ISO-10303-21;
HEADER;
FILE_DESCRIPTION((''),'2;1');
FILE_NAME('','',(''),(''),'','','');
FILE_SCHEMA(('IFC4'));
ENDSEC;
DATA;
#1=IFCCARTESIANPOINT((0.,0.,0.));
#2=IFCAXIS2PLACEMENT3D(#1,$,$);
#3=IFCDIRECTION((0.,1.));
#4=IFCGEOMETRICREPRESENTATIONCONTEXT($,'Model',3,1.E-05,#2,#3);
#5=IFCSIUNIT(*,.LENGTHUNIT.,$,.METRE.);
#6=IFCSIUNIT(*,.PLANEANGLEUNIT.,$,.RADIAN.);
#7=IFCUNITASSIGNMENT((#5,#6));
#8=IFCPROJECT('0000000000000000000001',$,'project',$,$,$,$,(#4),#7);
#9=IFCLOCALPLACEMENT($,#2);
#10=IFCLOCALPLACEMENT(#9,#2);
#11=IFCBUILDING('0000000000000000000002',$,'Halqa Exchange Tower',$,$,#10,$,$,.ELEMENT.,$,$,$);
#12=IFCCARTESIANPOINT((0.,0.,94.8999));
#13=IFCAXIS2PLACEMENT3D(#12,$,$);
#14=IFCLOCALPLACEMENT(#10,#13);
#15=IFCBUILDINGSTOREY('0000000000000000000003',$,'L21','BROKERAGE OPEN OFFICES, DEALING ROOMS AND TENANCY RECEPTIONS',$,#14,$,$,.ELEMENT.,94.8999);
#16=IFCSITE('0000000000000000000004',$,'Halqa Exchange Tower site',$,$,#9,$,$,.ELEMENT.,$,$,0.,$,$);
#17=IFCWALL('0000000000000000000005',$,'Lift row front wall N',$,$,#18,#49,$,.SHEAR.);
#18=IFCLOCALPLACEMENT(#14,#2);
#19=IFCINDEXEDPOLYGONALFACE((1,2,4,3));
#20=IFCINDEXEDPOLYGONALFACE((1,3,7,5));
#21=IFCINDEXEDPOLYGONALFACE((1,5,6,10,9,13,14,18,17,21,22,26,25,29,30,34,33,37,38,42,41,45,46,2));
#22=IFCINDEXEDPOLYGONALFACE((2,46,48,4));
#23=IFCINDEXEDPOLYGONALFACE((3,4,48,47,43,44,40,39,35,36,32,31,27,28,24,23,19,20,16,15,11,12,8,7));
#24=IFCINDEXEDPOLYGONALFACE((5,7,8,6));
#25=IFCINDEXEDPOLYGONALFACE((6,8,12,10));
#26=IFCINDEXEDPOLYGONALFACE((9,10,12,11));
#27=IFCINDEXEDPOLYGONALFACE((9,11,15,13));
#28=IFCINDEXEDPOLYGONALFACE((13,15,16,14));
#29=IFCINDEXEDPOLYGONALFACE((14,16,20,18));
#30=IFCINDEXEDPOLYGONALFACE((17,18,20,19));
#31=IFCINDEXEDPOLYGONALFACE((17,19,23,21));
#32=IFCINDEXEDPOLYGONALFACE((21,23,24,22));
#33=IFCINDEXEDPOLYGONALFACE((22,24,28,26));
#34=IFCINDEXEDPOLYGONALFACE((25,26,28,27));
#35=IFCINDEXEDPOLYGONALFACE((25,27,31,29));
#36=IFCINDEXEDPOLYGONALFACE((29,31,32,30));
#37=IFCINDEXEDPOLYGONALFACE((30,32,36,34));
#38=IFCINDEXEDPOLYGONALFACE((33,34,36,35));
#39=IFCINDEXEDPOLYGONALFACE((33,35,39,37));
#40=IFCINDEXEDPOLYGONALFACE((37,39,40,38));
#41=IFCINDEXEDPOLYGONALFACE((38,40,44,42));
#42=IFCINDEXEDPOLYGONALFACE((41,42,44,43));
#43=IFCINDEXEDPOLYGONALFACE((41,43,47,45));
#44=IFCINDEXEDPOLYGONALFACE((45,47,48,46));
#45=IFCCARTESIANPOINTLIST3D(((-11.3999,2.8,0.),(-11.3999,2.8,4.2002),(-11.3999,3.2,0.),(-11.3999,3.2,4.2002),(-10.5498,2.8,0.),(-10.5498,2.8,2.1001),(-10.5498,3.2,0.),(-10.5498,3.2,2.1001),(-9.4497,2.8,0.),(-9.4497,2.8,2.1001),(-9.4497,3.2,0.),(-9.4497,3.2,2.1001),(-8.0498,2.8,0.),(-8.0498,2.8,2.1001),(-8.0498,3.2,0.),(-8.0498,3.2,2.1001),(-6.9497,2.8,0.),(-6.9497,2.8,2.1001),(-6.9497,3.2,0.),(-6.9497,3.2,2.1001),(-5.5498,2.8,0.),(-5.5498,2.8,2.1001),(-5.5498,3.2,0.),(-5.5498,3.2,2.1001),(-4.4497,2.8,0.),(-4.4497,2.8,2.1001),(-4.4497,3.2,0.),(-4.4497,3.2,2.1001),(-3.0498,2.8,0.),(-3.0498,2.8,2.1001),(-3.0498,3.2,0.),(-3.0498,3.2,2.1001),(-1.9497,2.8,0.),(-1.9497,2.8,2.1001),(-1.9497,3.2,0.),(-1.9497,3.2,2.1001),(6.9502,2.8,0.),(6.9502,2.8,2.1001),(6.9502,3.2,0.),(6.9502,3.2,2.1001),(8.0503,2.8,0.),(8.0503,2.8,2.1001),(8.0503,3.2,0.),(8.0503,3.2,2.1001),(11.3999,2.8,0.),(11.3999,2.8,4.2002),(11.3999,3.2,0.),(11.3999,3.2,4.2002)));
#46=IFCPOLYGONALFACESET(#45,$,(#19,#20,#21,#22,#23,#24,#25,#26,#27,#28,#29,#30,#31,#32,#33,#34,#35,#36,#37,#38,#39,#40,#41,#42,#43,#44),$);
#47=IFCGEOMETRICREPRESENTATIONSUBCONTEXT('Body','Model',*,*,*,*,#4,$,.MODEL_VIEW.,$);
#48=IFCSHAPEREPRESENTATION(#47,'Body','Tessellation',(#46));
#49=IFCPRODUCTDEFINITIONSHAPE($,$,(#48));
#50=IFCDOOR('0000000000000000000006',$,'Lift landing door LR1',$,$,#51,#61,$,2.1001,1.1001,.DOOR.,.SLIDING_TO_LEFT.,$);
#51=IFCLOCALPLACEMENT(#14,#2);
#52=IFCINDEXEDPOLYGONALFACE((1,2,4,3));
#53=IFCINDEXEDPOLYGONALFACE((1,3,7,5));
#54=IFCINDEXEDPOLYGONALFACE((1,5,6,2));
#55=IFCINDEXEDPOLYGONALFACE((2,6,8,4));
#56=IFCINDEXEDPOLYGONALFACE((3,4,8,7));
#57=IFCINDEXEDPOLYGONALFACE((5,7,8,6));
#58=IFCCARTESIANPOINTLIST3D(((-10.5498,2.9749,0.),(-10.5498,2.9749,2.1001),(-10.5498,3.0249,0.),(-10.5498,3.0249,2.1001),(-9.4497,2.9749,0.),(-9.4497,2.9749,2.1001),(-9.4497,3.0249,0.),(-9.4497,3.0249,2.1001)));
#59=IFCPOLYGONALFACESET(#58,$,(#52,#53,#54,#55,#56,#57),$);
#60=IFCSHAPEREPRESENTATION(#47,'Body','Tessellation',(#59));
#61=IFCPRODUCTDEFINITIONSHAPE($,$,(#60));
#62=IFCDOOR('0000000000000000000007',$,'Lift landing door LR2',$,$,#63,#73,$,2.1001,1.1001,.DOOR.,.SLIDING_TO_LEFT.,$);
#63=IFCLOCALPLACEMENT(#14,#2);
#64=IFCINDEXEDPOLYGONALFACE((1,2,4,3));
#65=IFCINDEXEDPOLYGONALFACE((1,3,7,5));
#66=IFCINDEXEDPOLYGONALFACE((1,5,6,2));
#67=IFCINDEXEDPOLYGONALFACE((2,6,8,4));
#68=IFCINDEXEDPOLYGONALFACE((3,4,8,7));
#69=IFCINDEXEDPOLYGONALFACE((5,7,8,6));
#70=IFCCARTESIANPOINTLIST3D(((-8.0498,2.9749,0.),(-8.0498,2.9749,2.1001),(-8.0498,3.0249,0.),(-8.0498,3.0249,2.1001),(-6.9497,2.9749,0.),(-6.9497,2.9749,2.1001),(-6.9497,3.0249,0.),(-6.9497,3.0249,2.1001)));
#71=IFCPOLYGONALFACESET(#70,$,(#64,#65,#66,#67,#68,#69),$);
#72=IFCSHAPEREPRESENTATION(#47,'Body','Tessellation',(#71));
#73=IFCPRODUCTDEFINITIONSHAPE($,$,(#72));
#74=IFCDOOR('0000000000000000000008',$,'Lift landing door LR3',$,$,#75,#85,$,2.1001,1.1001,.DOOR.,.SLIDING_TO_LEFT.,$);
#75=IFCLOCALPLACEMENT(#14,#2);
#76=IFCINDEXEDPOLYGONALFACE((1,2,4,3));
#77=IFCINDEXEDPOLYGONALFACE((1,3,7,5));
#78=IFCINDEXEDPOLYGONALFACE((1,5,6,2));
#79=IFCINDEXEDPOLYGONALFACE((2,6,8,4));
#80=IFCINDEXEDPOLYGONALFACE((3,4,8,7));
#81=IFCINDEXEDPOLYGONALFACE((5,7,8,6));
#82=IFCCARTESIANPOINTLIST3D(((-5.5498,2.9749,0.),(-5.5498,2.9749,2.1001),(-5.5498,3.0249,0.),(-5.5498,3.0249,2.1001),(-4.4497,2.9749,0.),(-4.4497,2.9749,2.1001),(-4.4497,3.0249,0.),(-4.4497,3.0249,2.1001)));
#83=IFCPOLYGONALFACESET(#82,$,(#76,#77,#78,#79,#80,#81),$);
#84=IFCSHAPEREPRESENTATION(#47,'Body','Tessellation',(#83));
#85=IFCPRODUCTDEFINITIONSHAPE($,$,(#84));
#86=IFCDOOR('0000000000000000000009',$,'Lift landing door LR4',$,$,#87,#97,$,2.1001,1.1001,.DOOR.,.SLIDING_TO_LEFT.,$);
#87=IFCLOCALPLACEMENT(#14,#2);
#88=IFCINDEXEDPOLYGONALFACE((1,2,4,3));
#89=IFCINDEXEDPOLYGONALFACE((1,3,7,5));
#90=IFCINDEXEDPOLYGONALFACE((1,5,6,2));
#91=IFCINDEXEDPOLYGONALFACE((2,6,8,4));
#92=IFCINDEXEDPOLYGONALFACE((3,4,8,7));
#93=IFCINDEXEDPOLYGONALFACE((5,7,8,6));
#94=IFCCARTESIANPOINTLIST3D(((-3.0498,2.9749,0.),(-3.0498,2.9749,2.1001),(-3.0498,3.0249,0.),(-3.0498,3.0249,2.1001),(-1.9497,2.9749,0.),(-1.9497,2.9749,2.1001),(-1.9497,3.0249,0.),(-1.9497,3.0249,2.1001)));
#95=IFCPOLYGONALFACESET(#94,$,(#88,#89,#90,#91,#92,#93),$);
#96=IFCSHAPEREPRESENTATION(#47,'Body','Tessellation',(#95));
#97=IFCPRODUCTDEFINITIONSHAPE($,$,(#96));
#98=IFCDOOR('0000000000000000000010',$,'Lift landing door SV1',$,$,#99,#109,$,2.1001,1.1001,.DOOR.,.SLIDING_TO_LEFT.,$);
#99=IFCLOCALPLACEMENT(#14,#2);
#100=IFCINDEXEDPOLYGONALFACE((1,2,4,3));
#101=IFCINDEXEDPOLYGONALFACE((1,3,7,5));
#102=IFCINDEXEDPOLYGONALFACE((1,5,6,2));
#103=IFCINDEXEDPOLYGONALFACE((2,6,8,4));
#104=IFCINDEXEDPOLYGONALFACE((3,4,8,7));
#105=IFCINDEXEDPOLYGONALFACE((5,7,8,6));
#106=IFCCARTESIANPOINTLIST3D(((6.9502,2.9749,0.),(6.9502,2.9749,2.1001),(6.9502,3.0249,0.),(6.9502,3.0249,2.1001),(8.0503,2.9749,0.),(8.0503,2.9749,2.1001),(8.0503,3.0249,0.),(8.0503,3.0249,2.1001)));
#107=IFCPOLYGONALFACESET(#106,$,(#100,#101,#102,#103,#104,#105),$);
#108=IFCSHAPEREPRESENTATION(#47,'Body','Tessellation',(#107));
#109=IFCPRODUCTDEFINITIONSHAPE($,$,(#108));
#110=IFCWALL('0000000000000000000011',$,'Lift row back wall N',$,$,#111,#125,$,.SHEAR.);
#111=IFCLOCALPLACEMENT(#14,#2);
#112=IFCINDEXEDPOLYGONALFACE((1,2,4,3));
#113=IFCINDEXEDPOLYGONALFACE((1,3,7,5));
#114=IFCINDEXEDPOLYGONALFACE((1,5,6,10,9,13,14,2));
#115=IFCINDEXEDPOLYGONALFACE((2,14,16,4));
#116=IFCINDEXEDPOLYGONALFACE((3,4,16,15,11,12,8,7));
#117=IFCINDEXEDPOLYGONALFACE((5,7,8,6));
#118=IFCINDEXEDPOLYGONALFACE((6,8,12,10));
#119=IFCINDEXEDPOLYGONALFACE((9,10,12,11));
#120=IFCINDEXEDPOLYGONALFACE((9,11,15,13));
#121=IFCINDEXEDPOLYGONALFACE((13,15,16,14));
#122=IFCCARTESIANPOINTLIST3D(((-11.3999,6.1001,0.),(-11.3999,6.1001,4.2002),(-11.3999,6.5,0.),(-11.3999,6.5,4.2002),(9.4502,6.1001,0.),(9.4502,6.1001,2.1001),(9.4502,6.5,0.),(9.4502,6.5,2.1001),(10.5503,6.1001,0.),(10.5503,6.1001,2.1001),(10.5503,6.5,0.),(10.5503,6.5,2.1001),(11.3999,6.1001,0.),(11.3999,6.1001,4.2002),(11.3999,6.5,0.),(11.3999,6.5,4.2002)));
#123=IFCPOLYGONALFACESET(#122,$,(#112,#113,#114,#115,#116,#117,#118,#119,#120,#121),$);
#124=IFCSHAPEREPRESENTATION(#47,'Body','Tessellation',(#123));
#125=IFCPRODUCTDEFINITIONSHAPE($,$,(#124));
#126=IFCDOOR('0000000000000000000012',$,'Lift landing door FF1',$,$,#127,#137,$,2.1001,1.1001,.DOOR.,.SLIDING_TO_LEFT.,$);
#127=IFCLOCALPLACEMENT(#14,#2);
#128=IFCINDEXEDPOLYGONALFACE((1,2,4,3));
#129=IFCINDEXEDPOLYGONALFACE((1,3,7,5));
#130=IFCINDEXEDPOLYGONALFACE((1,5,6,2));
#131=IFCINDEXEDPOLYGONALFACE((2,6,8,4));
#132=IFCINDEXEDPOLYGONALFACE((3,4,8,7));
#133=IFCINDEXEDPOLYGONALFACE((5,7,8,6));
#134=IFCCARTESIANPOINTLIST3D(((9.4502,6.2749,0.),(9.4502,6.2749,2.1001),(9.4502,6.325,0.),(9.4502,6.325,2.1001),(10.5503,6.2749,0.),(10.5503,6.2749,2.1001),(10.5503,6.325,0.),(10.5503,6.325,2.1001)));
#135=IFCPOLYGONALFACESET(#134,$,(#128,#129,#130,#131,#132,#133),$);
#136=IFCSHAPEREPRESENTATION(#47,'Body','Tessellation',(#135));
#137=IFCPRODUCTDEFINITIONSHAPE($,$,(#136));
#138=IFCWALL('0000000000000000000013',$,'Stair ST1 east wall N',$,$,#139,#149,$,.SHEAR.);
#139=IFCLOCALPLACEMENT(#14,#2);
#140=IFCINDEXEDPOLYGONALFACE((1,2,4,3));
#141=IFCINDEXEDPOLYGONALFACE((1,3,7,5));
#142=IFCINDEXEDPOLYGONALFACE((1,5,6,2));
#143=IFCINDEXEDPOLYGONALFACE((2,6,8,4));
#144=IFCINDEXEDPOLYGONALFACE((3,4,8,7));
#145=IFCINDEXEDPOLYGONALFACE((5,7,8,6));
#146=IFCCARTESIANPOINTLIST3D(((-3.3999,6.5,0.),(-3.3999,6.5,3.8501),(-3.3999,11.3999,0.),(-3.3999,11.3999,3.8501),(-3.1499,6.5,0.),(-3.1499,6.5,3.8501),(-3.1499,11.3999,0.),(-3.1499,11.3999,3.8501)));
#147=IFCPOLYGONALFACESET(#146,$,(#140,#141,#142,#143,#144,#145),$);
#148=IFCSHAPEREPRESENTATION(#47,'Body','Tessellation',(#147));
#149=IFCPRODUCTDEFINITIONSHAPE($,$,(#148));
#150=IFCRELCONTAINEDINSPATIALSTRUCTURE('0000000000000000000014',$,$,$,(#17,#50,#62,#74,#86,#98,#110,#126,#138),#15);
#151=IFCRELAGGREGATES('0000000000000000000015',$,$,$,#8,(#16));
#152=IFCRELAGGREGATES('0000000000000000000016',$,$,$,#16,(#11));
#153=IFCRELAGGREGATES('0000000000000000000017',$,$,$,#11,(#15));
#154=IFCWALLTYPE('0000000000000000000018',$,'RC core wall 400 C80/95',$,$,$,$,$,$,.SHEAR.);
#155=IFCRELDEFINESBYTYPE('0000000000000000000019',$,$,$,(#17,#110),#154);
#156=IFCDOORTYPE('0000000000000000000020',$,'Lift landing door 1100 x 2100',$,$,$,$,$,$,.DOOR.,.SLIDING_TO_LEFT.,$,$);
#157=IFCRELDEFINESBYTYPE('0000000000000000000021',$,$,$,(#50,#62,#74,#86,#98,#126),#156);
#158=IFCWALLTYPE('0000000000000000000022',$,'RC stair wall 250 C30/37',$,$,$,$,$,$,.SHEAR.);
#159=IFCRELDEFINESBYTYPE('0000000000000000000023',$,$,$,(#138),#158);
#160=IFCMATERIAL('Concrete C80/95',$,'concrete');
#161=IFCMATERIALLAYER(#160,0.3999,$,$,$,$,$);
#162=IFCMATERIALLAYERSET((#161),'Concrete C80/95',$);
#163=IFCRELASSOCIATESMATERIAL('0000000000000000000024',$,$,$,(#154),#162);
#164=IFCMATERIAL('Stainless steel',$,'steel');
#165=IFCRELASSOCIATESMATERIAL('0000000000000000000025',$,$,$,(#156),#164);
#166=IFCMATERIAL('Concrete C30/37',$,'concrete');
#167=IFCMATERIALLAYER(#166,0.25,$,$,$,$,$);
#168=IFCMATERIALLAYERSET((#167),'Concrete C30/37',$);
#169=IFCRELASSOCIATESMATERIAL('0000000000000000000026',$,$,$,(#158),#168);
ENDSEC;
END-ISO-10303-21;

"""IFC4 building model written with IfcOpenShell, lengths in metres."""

from ifc_helpers import new_model, si_unit, direction, frame, frame_2d, origin, place, context, subcontext, project, spatial, rectangle, extrude, material, layer, layer_set, type_object, element, fill, save


model = new_model("IFC4")

# Units and contexts
model_context = context("Model", 3, precision=1e-05, world=origin(), true_north=direction((0.0, 1.0)))
body_context = subcontext(model_context, "Body", "Model", "MODEL_VIEW")
ifc_project = project(units=[si_unit("LENGTHUNIT", "METRE"), si_unit("PLANEANGLEUNIT", "RADIAN")], contexts=[model_context])

# Site, building, storey
site_placement = place(None, origin())
site = spatial("IfcSite", under=ifc_project, at=site_placement, Name="Halqa Exchange Tower site", CompositionType="ELEMENT", RefElevation=0.0)
building_placement = place(site_placement, origin())
building = spatial("IfcBuilding", under=site, at=building_placement, Name="Halqa Exchange Tower", CompositionType="ELEMENT")
storey_placement = place(building_placement, frame((0.0, 0.0, 94.8999)))
storey = spatial("IfcBuildingStorey", under=building, at=storey_placement, Name="L21", Description="BROKERAGE OPEN OFFICES, DEALING ROOMS AND TENANCY RECEPTIONS", CompositionType="ELEMENT", Elevation=94.8999)

# Wall, openings, doors
ifc_material_1 = material(Name="Concrete C80/95", Category="concrete")
ifc_layer_1 = layer(ifc_material_1, 0.3999)
ifc_layer_set_1 = layer_set([ifc_layer_1], Name="Concrete C80/95")
wall_type_1 = type_object("IfcWallType", Name="RC core wall 400 C80/95", PredefinedType="SHEAR", material=ifc_layer_set_1)
wall_1_placement = place(storey_placement, frame((-11.3999, 3.0, 0.0), z_axis=(0.0, 0.0, 1.0), x_axis=(1.0, 0.0, 0.0)))
wall_1 = element("IfcWall", 1, at=wall_1_placement, inside=storey, type_object=wall_type_1, Name="Lift row front wall N", PredefinedType="SHEAR", context=body_context, shape_type="SweptSolid", body=[
    extrude(rectangle(XDim=22.7998, YDim=0.3999, at=frame_2d((11.3999, 0.0))), origin(), (0.0, 0.0, 1.0), 4.2002),
])
opening_1_placement = place(wall_1_placement, frame((0.8501, 0.0, 0.0)))
opening_1 = element("IfcOpeningElement", 2, at=opening_1_placement, cuts=wall_1, PredefinedType="OPENING", context=body_context, shape_type="SweptSolid", body=[
    extrude(rectangle(XDim=1.1001, YDim=2.1001, at=frame_2d((0.55, 1.05))), frame((0.0, 0.2119, 0.0), z_axis=(0.0, -1.0, 0.0), x_axis=(1.0, 0.0, 0.0)), (0.0, 0.0, 1.0), 0.4238),
])
opening_2_placement = place(wall_1_placement, frame((3.3501, 0.0, 0.0)))
opening_2 = element("IfcOpeningElement", 3, at=opening_2_placement, cuts=wall_1, PredefinedType="OPENING", context=body_context, shape_type="SweptSolid", body=[
    extrude(rectangle(XDim=1.1001, YDim=2.1001, at=frame_2d((0.55, 1.05))), frame((0.0, 0.2119, 0.0), z_axis=(0.0, -1.0, 0.0), x_axis=(1.0, 0.0, 0.0)), (0.0, 0.0, 1.0), 0.4238),
])
opening_3_placement = place(wall_1_placement, frame((5.8501, 0.0, 0.0)))
opening_3 = element("IfcOpeningElement", 4, at=opening_3_placement, cuts=wall_1, PredefinedType="OPENING", context=body_context, shape_type="SweptSolid", body=[
    extrude(rectangle(XDim=1.1001, YDim=2.1001, at=frame_2d((0.55, 1.05))), frame((0.0, 0.2119, 0.0), z_axis=(0.0, -1.0, 0.0), x_axis=(1.0, 0.0, 0.0)), (0.0, 0.0, 1.0), 0.4238),
])
opening_4_placement = place(wall_1_placement, frame((8.3501, 0.0, 0.0)))
opening_4 = element("IfcOpeningElement", 5, at=opening_4_placement, cuts=wall_1, PredefinedType="OPENING", context=body_context, shape_type="SweptSolid", body=[
    extrude(rectangle(XDim=1.1001, YDim=2.1001, at=frame_2d((0.55, 1.05))), frame((0.0, 0.2119, 0.0), z_axis=(0.0, -1.0, 0.0), x_axis=(1.0, 0.0, 0.0)), (0.0, 0.0, 1.0), 0.4238),
])
opening_5_placement = place(wall_1_placement, frame((18.3501, 0.0, 0.0)))
opening_5 = element("IfcOpeningElement", 6, at=opening_5_placement, cuts=wall_1, PredefinedType="OPENING", context=body_context, shape_type="SweptSolid", body=[
    extrude(rectangle(XDim=1.1001, YDim=2.1001, at=frame_2d((0.55, 1.05))), frame((0.0, 0.2119, 0.0), z_axis=(0.0, -1.0, 0.0), x_axis=(1.0, 0.0, 0.0)), (0.0, 0.0, 1.0), 0.4238),
])
ifc_material_2 = material(Name="Stainless steel", Category="steel")
door_type = type_object("IfcDoorType", Name="Lift landing door 1100 x 2100", OperationType="SLIDING_TO_LEFT", PredefinedType="DOOR", material=ifc_material_2)
door_1_placement = place(opening_1_placement, origin())
door_1 = element("IfcDoor", 7, at=door_1_placement, inside=storey, type_object=door_type, Name="Lift landing door LR1", OperationType="SLIDING_TO_LEFT", OverallHeight=2.1001, OverallWidth=1.1001, PredefinedType="DOOR", context=body_context, shape_type="SweptSolid", body=[
    extrude(rectangle(XDim=1.1001, YDim=2.1001, at=frame_2d((0.55, 1.05))), frame((0.0, 0.0249, 0.0), z_axis=(0.0, -1.0, 0.0), x_axis=(1.0, 0.0, 0.0)), (0.0, 0.0, 1.0), 0.05),
])
fill(opening_1, door_1)
door_2_placement = place(opening_2_placement, origin())
door_2 = element("IfcDoor", 8, at=door_2_placement, inside=storey, type_object=door_type, Name="Lift landing door LR2", OperationType="SLIDING_TO_LEFT", OverallHeight=2.1001, OverallWidth=1.1001, PredefinedType="DOOR", context=body_context, shape_type="SweptSolid", body=[
    extrude(rectangle(XDim=1.1001, YDim=2.1001, at=frame_2d((0.55, 1.05))), frame((0.0, 0.0249, 0.0), z_axis=(0.0, -1.0, 0.0), x_axis=(1.0, 0.0, 0.0)), (0.0, 0.0, 1.0), 0.05),
])
fill(opening_2, door_2)
door_3_placement = place(opening_3_placement, origin())
door_3 = element("IfcDoor", 9, at=door_3_placement, inside=storey, type_object=door_type, Name="Lift landing door LR3", OperationType="SLIDING_TO_LEFT", OverallHeight=2.1001, OverallWidth=1.1001, PredefinedType="DOOR", context=body_context, shape_type="SweptSolid", body=[
    extrude(rectangle(XDim=1.1001, YDim=2.1001, at=frame_2d((0.55, 1.05))), frame((0.0, 0.0249, 0.0), z_axis=(0.0, -1.0, 0.0), x_axis=(1.0, 0.0, 0.0)), (0.0, 0.0, 1.0), 0.05),
])
fill(opening_3, door_3)
door_4_placement = place(opening_4_placement, origin())
door_4 = element("IfcDoor", 10, at=door_4_placement, inside=storey, type_object=door_type, Name="Lift landing door LR4", OperationType="SLIDING_TO_LEFT", OverallHeight=2.1001, OverallWidth=1.1001, PredefinedType="DOOR", context=body_context, shape_type="SweptSolid", body=[
    extrude(rectangle(XDim=1.1001, YDim=2.1001, at=frame_2d((0.55, 1.05))), frame((0.0, 0.0249, 0.0), z_axis=(0.0, -1.0, 0.0), x_axis=(1.0, 0.0, 0.0)), (0.0, 0.0, 1.0), 0.05),
])
fill(opening_4, door_4)
door_5_placement = place(opening_5_placement, origin())
door_5 = element("IfcDoor", 11, at=door_5_placement, inside=storey, type_object=door_type, Name="Lift landing door SV1", OperationType="SLIDING_TO_LEFT", OverallHeight=2.1001, OverallWidth=1.1001, PredefinedType="DOOR", context=body_context, shape_type="SweptSolid", body=[
    extrude(rectangle(XDim=1.1001, YDim=2.1001, at=frame_2d((0.55, 1.05))), frame((0.0, 0.0249, 0.0), z_axis=(0.0, -1.0, 0.0), x_axis=(1.0, 0.0, 0.0)), (0.0, 0.0, 1.0), 0.05),
])
fill(opening_5, door_5)

# Wall, opening, door
wall_2_placement = place(storey_placement, frame((-11.3999, 6.3, 0.0), z_axis=(0.0, 0.0, 1.0), x_axis=(1.0, 0.0, 0.0)))
wall_2 = element("IfcWall", 12, at=wall_2_placement, inside=storey, type_object=wall_type_1, Name="Lift row back wall N", PredefinedType="SHEAR", context=body_context, shape_type="SweptSolid", body=[
    extrude(rectangle(XDim=22.7998, YDim=0.3999, at=frame_2d((11.3999, 0.0))), origin(), (0.0, 0.0, 1.0), 4.2002),
])
opening_6_placement = place(wall_2_placement, frame((20.8501, 0.0, 0.0)))
opening_6 = element("IfcOpeningElement", 13, at=opening_6_placement, cuts=wall_2, PredefinedType="OPENING", context=body_context, shape_type="SweptSolid", body=[
    extrude(rectangle(XDim=1.1001, YDim=2.1001, at=frame_2d((0.55, 1.05))), frame((0.0, 0.2119, 0.0), z_axis=(0.0, -1.0, 0.0), x_axis=(1.0, 0.0, 0.0)), (0.0, 0.0, 1.0), 0.4238),
])
door_6_placement = place(opening_6_placement, origin())
door_6 = element("IfcDoor", 14, at=door_6_placement, inside=storey, type_object=door_type, Name="Lift landing door FF1", OperationType="SLIDING_TO_LEFT", OverallHeight=2.1001, OverallWidth=1.1001, PredefinedType="DOOR", context=body_context, shape_type="SweptSolid", body=[
    extrude(rectangle(XDim=1.1001, YDim=2.1001, at=frame_2d((0.55, 1.05))), frame((0.0, 0.0249, 0.0), z_axis=(0.0, -1.0, 0.0), x_axis=(1.0, 0.0, 0.0)), (0.0, 0.0, 1.0), 0.05),
])
fill(opening_6, door_6)

# Wall
ifc_material_3 = material(Name="Concrete C30/37", Category="concrete")
ifc_layer_2 = layer(ifc_material_3, 0.25)
ifc_layer_set_2 = layer_set([ifc_layer_2], Name="Concrete C30/37")
wall_type_2 = type_object("IfcWallType", Name="RC stair wall 250 C30/37", PredefinedType="SHEAR", material=ifc_layer_set_2)
wall_3_placement = place(storey_placement, frame((-3.2749, 6.5, 0.0), z_axis=(0.0, 0.0, 1.0), x_axis=(0.0, 1.0, 0.0)))
element("IfcWall", 15, at=wall_3_placement, inside=storey, type_object=wall_type_2, Name="Stair ST1 east wall N", PredefinedType="SHEAR", context=body_context, shape_type="SweptSolid", body=[
    extrude(rectangle(XDim=4.8999, YDim=0.25, at=frame_2d((2.45, 0.0))), origin(), (0.0, 0.0, 1.0), 3.8501),
])

save(model, "model.ifc")
